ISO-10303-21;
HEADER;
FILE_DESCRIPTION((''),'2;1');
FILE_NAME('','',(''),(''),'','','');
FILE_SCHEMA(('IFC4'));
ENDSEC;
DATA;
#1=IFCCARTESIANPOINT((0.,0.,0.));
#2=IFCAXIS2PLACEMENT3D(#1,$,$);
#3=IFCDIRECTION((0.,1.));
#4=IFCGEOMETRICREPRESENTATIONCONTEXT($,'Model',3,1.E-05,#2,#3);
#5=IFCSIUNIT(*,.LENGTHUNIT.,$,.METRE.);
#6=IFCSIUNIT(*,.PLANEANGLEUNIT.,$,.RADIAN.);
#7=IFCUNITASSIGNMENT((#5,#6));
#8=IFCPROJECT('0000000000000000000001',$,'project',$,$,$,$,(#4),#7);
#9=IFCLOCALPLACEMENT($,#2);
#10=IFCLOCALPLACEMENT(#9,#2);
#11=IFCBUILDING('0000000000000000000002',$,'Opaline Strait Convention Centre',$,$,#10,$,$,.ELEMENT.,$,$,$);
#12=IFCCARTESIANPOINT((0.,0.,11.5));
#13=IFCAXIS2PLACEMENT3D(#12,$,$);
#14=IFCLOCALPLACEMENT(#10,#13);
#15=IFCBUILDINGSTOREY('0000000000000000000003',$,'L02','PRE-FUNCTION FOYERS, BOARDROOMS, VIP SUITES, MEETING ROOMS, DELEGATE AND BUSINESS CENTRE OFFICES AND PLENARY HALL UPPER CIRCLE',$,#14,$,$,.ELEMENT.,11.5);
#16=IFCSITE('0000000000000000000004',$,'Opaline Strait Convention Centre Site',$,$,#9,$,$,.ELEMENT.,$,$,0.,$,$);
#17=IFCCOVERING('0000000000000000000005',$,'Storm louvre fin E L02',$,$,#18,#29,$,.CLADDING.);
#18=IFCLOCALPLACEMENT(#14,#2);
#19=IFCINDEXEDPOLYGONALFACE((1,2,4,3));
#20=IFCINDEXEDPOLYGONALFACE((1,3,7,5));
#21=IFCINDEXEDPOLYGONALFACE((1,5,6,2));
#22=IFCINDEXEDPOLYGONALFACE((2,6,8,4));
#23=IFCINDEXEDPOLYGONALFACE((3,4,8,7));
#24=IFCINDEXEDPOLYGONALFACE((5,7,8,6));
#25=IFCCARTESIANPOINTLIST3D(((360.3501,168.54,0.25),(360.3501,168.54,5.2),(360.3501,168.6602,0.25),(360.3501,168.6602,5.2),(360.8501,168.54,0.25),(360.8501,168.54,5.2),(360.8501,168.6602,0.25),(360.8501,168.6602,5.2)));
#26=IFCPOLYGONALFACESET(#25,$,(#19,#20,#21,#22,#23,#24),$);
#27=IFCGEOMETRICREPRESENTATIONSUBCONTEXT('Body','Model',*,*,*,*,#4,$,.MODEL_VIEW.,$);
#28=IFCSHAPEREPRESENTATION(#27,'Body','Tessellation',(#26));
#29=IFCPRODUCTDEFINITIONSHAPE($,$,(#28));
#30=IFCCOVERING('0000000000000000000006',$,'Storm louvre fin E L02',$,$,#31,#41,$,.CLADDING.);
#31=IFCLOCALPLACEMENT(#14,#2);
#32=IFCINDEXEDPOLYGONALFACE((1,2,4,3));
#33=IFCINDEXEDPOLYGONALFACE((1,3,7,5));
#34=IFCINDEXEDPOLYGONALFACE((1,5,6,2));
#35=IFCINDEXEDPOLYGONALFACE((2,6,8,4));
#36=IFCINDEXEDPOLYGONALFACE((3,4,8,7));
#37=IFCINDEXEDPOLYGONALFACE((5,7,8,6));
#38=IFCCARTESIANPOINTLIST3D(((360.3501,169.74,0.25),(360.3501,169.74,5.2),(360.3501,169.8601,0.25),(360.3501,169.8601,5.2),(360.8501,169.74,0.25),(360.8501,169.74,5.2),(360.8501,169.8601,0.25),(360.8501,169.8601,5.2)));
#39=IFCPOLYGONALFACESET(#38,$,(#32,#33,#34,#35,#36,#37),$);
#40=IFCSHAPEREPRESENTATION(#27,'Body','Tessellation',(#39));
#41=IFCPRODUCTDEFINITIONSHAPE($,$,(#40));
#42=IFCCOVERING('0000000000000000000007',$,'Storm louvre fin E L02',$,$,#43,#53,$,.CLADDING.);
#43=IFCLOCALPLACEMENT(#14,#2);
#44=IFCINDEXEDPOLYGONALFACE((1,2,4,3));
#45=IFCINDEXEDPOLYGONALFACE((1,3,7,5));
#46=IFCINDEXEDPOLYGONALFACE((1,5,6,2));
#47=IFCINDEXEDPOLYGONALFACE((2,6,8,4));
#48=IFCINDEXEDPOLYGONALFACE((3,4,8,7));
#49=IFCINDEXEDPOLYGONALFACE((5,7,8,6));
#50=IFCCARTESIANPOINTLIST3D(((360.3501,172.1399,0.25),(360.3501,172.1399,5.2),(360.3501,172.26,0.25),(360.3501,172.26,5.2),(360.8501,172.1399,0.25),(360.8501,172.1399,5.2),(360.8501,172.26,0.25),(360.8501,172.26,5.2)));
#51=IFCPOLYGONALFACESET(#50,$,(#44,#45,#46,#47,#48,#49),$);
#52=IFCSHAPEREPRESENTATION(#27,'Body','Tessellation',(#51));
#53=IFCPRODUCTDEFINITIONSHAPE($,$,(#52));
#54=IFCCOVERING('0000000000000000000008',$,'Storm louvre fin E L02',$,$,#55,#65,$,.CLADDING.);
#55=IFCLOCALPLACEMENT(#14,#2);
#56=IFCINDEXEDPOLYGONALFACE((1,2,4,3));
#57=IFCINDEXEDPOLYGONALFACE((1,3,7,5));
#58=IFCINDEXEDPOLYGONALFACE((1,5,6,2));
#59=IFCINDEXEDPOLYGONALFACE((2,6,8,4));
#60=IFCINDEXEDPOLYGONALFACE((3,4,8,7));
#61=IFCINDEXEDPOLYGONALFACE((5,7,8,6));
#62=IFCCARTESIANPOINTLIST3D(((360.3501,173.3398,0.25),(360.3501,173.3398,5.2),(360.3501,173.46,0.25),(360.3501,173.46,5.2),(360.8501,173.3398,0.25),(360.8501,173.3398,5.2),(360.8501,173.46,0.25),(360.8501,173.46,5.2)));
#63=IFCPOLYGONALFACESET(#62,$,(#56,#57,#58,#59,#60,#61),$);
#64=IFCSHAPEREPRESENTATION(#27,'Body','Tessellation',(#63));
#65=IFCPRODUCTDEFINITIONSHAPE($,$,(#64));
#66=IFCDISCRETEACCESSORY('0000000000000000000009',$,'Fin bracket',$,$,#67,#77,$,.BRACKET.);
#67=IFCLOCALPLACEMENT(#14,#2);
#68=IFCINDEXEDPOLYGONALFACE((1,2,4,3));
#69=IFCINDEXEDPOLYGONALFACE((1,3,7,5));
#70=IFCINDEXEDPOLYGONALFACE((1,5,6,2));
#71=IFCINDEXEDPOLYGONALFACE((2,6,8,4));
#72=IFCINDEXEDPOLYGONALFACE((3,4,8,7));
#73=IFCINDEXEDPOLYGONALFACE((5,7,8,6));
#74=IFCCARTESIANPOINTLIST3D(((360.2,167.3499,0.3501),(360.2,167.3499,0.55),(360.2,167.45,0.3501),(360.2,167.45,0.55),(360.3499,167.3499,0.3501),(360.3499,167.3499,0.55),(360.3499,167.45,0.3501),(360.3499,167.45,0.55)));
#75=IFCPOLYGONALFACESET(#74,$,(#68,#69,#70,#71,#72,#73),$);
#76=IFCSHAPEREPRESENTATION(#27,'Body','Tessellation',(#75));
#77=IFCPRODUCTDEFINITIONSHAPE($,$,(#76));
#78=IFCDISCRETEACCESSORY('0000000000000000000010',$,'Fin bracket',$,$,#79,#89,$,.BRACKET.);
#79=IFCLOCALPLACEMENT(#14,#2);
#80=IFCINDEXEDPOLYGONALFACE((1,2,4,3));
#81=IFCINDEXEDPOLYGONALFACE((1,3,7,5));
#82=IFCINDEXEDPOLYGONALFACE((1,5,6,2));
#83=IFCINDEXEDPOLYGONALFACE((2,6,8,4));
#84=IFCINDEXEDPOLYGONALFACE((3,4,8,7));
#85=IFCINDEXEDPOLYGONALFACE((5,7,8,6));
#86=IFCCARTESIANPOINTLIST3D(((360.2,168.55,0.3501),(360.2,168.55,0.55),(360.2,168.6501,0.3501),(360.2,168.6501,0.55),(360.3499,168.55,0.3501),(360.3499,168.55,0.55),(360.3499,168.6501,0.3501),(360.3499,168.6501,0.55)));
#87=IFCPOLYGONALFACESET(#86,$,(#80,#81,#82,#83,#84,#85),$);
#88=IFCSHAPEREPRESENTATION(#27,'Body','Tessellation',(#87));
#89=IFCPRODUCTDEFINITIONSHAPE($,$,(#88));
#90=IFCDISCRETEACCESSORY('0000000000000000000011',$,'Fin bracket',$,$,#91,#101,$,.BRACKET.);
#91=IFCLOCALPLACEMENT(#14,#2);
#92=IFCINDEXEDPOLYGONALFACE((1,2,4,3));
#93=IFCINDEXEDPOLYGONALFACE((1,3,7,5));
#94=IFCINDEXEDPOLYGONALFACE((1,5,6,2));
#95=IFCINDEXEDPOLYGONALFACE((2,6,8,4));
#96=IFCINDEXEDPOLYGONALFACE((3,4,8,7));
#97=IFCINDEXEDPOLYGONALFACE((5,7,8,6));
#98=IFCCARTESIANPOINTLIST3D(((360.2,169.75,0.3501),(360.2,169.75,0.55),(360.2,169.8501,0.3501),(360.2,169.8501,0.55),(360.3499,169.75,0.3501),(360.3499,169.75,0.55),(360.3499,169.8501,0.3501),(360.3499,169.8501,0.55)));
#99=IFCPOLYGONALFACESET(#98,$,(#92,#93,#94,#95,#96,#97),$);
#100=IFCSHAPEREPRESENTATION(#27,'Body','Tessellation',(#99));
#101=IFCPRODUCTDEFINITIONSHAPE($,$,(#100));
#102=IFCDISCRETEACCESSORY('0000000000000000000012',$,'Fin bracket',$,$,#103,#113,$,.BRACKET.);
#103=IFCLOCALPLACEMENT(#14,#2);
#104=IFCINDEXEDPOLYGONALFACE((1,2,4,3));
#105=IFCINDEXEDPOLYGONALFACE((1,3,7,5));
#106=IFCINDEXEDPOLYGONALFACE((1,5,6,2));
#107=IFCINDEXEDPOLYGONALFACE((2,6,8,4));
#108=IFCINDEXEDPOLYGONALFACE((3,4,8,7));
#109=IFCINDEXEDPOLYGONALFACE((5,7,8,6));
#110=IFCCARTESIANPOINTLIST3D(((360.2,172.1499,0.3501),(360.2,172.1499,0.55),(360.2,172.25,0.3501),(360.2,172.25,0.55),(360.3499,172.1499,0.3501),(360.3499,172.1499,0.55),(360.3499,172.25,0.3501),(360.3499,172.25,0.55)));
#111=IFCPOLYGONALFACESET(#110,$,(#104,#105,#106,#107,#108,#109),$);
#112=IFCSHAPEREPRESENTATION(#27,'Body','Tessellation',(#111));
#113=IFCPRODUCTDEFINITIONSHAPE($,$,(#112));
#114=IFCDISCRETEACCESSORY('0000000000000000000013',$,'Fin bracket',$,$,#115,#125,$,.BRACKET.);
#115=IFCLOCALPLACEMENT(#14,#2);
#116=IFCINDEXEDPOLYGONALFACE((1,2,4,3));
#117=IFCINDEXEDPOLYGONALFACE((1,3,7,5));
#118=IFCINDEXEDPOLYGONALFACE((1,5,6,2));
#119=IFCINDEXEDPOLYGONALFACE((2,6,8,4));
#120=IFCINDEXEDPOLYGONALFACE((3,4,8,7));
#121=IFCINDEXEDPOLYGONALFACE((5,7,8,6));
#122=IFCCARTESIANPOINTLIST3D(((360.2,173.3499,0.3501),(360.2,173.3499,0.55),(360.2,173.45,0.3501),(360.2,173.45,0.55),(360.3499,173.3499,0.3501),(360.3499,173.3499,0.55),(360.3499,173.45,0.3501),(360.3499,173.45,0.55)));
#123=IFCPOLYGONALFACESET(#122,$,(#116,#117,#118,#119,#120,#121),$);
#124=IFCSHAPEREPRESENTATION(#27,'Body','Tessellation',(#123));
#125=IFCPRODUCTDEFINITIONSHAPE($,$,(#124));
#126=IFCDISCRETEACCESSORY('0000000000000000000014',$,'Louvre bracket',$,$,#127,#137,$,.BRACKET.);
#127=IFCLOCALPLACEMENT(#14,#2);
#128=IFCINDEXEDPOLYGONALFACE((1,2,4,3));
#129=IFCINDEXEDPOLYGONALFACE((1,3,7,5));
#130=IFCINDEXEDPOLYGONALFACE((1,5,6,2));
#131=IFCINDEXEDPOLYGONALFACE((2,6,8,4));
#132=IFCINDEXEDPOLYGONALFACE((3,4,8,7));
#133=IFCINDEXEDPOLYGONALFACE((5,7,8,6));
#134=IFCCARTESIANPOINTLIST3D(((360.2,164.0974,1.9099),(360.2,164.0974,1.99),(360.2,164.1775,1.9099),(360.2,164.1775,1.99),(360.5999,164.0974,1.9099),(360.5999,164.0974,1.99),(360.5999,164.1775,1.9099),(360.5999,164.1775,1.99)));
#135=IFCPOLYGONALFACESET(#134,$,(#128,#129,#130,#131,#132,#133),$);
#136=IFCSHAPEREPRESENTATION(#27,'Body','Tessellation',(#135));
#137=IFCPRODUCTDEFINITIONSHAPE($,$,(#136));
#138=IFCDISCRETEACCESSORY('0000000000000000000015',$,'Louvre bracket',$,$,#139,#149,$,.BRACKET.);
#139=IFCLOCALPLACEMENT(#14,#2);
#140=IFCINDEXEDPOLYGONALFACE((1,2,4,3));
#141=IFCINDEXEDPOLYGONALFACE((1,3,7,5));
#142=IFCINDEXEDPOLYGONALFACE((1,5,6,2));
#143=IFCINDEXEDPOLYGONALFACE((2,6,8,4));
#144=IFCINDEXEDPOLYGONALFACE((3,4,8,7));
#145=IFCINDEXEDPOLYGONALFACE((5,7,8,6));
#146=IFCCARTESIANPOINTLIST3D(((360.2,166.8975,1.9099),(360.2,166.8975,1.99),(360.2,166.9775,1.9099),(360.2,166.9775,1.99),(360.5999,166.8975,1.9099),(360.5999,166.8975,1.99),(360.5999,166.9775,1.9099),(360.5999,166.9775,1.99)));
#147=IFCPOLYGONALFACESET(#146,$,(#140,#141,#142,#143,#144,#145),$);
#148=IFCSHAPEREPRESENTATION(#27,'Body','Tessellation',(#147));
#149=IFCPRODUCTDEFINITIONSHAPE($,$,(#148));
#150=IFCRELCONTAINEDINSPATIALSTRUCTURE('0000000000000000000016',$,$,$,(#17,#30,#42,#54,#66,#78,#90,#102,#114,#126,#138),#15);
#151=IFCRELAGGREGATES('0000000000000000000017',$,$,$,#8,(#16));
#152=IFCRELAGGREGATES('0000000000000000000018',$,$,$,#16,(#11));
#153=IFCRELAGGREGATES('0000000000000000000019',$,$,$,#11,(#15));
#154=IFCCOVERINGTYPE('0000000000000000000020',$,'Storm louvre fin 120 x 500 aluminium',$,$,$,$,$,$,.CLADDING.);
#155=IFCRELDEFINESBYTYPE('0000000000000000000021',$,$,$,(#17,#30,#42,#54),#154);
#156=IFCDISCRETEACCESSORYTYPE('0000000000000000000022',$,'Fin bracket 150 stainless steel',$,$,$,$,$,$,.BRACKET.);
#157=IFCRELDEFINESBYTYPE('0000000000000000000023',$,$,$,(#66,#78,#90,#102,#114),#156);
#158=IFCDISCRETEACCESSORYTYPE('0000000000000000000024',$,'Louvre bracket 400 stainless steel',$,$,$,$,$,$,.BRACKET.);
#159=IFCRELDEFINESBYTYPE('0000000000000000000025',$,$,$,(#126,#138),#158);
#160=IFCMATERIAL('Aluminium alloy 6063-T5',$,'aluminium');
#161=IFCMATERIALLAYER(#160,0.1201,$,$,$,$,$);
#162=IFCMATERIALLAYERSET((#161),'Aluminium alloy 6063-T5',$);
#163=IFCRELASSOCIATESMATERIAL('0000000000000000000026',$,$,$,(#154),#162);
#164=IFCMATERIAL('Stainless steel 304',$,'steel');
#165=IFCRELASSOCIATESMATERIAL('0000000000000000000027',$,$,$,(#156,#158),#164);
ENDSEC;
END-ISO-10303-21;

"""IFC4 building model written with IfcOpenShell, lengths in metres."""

from ifc_helpers import new_model, si_unit, direction, frame, origin, origin_2d, place, context, subcontext, project, spatial, rectangle, extrude, material, layer, layer_set, type_object, element, save


model = new_model("IFC4")

# Units and contexts
model_context = context("Model", 3, precision=1e-05, world=origin(), true_north=direction((0.0, 1.0)))
body_context = subcontext(model_context, "Body", "Model", "MODEL_VIEW")
ifc_project = project(units=[si_unit("LENGTHUNIT", "METRE"), si_unit("PLANEANGLEUNIT", "RADIAN")], contexts=[model_context])

# Site, building, storey
site_placement = place(None, origin())
site = spatial("IfcSite", under=ifc_project, at=site_placement, Name="Opaline Strait Convention Centre Site", CompositionType="ELEMENT", RefElevation=0.0)
building_placement = place(site_placement, origin())
building = spatial("IfcBuilding", under=site, at=building_placement, Name="Opaline Strait Convention Centre", CompositionType="ELEMENT")
storey_placement = place(building_placement, frame((0.0, 0.0, 11.5)))
storey = spatial("IfcBuildingStorey", under=building, at=storey_placement, Name="L02", Description="PRE-FUNCTION FOYERS, BOARDROOMS, VIP SUITES, MEETING ROOMS, DELEGATE AND BUSINESS CENTRE OFFICES AND PLENARY HALL UPPER CIRCLE", CompositionType="ELEMENT", Elevation=11.5)

# Shared definitions
ifc_material_1 = material(Name="Stainless steel 304", Category="steel")

# Shared definitions
ifc_material_2 = material(Name="Aluminium alloy 6063-T5", Category="aluminium")

# Coverings
ifc_layer_1 = layer(ifc_material_2, 0.1201)
ifc_layer_set_1 = layer_set([ifc_layer_1], Name="Aluminium alloy 6063-T5")
covering_type = type_object("IfcCoveringType", Name="Storm louvre fin 120 x 500 aluminium", PredefinedType="CLADDING", material=ifc_layer_set_1)
for number, where, z_axis, x_axis, name in (
    (1, (360.6001, 168.6001, 0.25), (0.0, 0.0, 1.0), (1.0, 0.0, 0.0), "Storm louvre fin E L02"),
    (2, (360.6001, 169.8, 0.25), (0.0, 0.0, 1.0), (1.0, 0.0, 0.0), "Storm louvre fin E L02"),
    (3, (360.6001, 172.2, 0.25), (0.0, 0.0, 1.0), (1.0, 0.0, 0.0), "Storm louvre fin E L02"),
    (4, (360.6001, 173.3999, 0.25), (0.0, 0.0, 1.0), (1.0, 0.0, 0.0), "Storm louvre fin E L02"),
):
    element("IfcCovering", number, at=place(storey_placement, frame(where, z_axis=z_axis, x_axis=x_axis)), inside=storey, type_object=covering_type, Name=name, PredefinedType="CLADDING", context=body_context, shape_type="SweptSolid", body=[
        extrude(rectangle(XDim=0.5, YDim=0.1201, at=origin_2d()), origin(), (0.0, 0.0, 1.0), 4.95),
    ])

# Discrete accessories
discrete_accessory_type_1 = type_object("IfcDiscreteAccessoryType", Name="Fin bracket 150 stainless steel", PredefinedType="BRACKET", material=ifc_material_1)
for number, where, z_axis, x_axis, name in (
    (5, (360.2749, 167.3999, 0.3501), (0.0, 0.0, 1.0), (1.0, 0.0, 0.0), "Fin bracket"),
    (6, (360.2749, 168.6001, 0.3501), (0.0, 0.0, 1.0), (1.0, 0.0, 0.0), "Fin bracket"),
    (7, (360.2749, 169.8, 0.3501), (0.0, 0.0, 1.0), (1.0, 0.0, 0.0), "Fin bracket"),
    (8, (360.2749, 172.2, 0.3501), (0.0, 0.0, 1.0), (1.0, 0.0, 0.0), "Fin bracket"),
    (9, (360.2749, 173.3999, 0.3501), (0.0, 0.0, 1.0), (1.0, 0.0, 0.0), "Fin bracket"),
):
    element("IfcDiscreteAccessory", number, at=place(storey_placement, frame(where, z_axis=z_axis, x_axis=x_axis)), inside=storey, type_object=discrete_accessory_type_1, Name=name, PredefinedType="BRACKET", context=body_context, shape_type="SweptSolid", body=[
        extrude(rectangle(XDim=0.1499, YDim=0.1001, at=origin_2d()), origin(), (0.0, 0.0, 1.0), 0.2),
    ])
discrete_accessory_type_2 = type_object("IfcDiscreteAccessoryType", Name="Louvre bracket 400 stainless steel", PredefinedType="BRACKET", material=ifc_material_1)
for number, where, z_axis, x_axis, name in (
    (10, (360.3999, 164.1375, 1.9099), (0.0, 0.0, 1.0), (1.0, 0.0, 0.0), "Louvre bracket"),
    (11, (360.3999, 166.9375, 1.9099), (0.0, 0.0, 1.0), (1.0, 0.0, 0.0), "Louvre bracket"),
):
    element("IfcDiscreteAccessory", number, at=place(storey_placement, frame(where, z_axis=z_axis, x_axis=x_axis)), inside=storey, type_object=discrete_accessory_type_2, Name=name, PredefinedType="BRACKET", context=body_context, shape_type="SweptSolid", body=[
        extrude(rectangle(XDim=0.3999, YDim=0.0801, at=origin_2d()), origin(), (0.0, 0.0, 1.0), 0.0801),
    ])

save(model, "model.ifc")
